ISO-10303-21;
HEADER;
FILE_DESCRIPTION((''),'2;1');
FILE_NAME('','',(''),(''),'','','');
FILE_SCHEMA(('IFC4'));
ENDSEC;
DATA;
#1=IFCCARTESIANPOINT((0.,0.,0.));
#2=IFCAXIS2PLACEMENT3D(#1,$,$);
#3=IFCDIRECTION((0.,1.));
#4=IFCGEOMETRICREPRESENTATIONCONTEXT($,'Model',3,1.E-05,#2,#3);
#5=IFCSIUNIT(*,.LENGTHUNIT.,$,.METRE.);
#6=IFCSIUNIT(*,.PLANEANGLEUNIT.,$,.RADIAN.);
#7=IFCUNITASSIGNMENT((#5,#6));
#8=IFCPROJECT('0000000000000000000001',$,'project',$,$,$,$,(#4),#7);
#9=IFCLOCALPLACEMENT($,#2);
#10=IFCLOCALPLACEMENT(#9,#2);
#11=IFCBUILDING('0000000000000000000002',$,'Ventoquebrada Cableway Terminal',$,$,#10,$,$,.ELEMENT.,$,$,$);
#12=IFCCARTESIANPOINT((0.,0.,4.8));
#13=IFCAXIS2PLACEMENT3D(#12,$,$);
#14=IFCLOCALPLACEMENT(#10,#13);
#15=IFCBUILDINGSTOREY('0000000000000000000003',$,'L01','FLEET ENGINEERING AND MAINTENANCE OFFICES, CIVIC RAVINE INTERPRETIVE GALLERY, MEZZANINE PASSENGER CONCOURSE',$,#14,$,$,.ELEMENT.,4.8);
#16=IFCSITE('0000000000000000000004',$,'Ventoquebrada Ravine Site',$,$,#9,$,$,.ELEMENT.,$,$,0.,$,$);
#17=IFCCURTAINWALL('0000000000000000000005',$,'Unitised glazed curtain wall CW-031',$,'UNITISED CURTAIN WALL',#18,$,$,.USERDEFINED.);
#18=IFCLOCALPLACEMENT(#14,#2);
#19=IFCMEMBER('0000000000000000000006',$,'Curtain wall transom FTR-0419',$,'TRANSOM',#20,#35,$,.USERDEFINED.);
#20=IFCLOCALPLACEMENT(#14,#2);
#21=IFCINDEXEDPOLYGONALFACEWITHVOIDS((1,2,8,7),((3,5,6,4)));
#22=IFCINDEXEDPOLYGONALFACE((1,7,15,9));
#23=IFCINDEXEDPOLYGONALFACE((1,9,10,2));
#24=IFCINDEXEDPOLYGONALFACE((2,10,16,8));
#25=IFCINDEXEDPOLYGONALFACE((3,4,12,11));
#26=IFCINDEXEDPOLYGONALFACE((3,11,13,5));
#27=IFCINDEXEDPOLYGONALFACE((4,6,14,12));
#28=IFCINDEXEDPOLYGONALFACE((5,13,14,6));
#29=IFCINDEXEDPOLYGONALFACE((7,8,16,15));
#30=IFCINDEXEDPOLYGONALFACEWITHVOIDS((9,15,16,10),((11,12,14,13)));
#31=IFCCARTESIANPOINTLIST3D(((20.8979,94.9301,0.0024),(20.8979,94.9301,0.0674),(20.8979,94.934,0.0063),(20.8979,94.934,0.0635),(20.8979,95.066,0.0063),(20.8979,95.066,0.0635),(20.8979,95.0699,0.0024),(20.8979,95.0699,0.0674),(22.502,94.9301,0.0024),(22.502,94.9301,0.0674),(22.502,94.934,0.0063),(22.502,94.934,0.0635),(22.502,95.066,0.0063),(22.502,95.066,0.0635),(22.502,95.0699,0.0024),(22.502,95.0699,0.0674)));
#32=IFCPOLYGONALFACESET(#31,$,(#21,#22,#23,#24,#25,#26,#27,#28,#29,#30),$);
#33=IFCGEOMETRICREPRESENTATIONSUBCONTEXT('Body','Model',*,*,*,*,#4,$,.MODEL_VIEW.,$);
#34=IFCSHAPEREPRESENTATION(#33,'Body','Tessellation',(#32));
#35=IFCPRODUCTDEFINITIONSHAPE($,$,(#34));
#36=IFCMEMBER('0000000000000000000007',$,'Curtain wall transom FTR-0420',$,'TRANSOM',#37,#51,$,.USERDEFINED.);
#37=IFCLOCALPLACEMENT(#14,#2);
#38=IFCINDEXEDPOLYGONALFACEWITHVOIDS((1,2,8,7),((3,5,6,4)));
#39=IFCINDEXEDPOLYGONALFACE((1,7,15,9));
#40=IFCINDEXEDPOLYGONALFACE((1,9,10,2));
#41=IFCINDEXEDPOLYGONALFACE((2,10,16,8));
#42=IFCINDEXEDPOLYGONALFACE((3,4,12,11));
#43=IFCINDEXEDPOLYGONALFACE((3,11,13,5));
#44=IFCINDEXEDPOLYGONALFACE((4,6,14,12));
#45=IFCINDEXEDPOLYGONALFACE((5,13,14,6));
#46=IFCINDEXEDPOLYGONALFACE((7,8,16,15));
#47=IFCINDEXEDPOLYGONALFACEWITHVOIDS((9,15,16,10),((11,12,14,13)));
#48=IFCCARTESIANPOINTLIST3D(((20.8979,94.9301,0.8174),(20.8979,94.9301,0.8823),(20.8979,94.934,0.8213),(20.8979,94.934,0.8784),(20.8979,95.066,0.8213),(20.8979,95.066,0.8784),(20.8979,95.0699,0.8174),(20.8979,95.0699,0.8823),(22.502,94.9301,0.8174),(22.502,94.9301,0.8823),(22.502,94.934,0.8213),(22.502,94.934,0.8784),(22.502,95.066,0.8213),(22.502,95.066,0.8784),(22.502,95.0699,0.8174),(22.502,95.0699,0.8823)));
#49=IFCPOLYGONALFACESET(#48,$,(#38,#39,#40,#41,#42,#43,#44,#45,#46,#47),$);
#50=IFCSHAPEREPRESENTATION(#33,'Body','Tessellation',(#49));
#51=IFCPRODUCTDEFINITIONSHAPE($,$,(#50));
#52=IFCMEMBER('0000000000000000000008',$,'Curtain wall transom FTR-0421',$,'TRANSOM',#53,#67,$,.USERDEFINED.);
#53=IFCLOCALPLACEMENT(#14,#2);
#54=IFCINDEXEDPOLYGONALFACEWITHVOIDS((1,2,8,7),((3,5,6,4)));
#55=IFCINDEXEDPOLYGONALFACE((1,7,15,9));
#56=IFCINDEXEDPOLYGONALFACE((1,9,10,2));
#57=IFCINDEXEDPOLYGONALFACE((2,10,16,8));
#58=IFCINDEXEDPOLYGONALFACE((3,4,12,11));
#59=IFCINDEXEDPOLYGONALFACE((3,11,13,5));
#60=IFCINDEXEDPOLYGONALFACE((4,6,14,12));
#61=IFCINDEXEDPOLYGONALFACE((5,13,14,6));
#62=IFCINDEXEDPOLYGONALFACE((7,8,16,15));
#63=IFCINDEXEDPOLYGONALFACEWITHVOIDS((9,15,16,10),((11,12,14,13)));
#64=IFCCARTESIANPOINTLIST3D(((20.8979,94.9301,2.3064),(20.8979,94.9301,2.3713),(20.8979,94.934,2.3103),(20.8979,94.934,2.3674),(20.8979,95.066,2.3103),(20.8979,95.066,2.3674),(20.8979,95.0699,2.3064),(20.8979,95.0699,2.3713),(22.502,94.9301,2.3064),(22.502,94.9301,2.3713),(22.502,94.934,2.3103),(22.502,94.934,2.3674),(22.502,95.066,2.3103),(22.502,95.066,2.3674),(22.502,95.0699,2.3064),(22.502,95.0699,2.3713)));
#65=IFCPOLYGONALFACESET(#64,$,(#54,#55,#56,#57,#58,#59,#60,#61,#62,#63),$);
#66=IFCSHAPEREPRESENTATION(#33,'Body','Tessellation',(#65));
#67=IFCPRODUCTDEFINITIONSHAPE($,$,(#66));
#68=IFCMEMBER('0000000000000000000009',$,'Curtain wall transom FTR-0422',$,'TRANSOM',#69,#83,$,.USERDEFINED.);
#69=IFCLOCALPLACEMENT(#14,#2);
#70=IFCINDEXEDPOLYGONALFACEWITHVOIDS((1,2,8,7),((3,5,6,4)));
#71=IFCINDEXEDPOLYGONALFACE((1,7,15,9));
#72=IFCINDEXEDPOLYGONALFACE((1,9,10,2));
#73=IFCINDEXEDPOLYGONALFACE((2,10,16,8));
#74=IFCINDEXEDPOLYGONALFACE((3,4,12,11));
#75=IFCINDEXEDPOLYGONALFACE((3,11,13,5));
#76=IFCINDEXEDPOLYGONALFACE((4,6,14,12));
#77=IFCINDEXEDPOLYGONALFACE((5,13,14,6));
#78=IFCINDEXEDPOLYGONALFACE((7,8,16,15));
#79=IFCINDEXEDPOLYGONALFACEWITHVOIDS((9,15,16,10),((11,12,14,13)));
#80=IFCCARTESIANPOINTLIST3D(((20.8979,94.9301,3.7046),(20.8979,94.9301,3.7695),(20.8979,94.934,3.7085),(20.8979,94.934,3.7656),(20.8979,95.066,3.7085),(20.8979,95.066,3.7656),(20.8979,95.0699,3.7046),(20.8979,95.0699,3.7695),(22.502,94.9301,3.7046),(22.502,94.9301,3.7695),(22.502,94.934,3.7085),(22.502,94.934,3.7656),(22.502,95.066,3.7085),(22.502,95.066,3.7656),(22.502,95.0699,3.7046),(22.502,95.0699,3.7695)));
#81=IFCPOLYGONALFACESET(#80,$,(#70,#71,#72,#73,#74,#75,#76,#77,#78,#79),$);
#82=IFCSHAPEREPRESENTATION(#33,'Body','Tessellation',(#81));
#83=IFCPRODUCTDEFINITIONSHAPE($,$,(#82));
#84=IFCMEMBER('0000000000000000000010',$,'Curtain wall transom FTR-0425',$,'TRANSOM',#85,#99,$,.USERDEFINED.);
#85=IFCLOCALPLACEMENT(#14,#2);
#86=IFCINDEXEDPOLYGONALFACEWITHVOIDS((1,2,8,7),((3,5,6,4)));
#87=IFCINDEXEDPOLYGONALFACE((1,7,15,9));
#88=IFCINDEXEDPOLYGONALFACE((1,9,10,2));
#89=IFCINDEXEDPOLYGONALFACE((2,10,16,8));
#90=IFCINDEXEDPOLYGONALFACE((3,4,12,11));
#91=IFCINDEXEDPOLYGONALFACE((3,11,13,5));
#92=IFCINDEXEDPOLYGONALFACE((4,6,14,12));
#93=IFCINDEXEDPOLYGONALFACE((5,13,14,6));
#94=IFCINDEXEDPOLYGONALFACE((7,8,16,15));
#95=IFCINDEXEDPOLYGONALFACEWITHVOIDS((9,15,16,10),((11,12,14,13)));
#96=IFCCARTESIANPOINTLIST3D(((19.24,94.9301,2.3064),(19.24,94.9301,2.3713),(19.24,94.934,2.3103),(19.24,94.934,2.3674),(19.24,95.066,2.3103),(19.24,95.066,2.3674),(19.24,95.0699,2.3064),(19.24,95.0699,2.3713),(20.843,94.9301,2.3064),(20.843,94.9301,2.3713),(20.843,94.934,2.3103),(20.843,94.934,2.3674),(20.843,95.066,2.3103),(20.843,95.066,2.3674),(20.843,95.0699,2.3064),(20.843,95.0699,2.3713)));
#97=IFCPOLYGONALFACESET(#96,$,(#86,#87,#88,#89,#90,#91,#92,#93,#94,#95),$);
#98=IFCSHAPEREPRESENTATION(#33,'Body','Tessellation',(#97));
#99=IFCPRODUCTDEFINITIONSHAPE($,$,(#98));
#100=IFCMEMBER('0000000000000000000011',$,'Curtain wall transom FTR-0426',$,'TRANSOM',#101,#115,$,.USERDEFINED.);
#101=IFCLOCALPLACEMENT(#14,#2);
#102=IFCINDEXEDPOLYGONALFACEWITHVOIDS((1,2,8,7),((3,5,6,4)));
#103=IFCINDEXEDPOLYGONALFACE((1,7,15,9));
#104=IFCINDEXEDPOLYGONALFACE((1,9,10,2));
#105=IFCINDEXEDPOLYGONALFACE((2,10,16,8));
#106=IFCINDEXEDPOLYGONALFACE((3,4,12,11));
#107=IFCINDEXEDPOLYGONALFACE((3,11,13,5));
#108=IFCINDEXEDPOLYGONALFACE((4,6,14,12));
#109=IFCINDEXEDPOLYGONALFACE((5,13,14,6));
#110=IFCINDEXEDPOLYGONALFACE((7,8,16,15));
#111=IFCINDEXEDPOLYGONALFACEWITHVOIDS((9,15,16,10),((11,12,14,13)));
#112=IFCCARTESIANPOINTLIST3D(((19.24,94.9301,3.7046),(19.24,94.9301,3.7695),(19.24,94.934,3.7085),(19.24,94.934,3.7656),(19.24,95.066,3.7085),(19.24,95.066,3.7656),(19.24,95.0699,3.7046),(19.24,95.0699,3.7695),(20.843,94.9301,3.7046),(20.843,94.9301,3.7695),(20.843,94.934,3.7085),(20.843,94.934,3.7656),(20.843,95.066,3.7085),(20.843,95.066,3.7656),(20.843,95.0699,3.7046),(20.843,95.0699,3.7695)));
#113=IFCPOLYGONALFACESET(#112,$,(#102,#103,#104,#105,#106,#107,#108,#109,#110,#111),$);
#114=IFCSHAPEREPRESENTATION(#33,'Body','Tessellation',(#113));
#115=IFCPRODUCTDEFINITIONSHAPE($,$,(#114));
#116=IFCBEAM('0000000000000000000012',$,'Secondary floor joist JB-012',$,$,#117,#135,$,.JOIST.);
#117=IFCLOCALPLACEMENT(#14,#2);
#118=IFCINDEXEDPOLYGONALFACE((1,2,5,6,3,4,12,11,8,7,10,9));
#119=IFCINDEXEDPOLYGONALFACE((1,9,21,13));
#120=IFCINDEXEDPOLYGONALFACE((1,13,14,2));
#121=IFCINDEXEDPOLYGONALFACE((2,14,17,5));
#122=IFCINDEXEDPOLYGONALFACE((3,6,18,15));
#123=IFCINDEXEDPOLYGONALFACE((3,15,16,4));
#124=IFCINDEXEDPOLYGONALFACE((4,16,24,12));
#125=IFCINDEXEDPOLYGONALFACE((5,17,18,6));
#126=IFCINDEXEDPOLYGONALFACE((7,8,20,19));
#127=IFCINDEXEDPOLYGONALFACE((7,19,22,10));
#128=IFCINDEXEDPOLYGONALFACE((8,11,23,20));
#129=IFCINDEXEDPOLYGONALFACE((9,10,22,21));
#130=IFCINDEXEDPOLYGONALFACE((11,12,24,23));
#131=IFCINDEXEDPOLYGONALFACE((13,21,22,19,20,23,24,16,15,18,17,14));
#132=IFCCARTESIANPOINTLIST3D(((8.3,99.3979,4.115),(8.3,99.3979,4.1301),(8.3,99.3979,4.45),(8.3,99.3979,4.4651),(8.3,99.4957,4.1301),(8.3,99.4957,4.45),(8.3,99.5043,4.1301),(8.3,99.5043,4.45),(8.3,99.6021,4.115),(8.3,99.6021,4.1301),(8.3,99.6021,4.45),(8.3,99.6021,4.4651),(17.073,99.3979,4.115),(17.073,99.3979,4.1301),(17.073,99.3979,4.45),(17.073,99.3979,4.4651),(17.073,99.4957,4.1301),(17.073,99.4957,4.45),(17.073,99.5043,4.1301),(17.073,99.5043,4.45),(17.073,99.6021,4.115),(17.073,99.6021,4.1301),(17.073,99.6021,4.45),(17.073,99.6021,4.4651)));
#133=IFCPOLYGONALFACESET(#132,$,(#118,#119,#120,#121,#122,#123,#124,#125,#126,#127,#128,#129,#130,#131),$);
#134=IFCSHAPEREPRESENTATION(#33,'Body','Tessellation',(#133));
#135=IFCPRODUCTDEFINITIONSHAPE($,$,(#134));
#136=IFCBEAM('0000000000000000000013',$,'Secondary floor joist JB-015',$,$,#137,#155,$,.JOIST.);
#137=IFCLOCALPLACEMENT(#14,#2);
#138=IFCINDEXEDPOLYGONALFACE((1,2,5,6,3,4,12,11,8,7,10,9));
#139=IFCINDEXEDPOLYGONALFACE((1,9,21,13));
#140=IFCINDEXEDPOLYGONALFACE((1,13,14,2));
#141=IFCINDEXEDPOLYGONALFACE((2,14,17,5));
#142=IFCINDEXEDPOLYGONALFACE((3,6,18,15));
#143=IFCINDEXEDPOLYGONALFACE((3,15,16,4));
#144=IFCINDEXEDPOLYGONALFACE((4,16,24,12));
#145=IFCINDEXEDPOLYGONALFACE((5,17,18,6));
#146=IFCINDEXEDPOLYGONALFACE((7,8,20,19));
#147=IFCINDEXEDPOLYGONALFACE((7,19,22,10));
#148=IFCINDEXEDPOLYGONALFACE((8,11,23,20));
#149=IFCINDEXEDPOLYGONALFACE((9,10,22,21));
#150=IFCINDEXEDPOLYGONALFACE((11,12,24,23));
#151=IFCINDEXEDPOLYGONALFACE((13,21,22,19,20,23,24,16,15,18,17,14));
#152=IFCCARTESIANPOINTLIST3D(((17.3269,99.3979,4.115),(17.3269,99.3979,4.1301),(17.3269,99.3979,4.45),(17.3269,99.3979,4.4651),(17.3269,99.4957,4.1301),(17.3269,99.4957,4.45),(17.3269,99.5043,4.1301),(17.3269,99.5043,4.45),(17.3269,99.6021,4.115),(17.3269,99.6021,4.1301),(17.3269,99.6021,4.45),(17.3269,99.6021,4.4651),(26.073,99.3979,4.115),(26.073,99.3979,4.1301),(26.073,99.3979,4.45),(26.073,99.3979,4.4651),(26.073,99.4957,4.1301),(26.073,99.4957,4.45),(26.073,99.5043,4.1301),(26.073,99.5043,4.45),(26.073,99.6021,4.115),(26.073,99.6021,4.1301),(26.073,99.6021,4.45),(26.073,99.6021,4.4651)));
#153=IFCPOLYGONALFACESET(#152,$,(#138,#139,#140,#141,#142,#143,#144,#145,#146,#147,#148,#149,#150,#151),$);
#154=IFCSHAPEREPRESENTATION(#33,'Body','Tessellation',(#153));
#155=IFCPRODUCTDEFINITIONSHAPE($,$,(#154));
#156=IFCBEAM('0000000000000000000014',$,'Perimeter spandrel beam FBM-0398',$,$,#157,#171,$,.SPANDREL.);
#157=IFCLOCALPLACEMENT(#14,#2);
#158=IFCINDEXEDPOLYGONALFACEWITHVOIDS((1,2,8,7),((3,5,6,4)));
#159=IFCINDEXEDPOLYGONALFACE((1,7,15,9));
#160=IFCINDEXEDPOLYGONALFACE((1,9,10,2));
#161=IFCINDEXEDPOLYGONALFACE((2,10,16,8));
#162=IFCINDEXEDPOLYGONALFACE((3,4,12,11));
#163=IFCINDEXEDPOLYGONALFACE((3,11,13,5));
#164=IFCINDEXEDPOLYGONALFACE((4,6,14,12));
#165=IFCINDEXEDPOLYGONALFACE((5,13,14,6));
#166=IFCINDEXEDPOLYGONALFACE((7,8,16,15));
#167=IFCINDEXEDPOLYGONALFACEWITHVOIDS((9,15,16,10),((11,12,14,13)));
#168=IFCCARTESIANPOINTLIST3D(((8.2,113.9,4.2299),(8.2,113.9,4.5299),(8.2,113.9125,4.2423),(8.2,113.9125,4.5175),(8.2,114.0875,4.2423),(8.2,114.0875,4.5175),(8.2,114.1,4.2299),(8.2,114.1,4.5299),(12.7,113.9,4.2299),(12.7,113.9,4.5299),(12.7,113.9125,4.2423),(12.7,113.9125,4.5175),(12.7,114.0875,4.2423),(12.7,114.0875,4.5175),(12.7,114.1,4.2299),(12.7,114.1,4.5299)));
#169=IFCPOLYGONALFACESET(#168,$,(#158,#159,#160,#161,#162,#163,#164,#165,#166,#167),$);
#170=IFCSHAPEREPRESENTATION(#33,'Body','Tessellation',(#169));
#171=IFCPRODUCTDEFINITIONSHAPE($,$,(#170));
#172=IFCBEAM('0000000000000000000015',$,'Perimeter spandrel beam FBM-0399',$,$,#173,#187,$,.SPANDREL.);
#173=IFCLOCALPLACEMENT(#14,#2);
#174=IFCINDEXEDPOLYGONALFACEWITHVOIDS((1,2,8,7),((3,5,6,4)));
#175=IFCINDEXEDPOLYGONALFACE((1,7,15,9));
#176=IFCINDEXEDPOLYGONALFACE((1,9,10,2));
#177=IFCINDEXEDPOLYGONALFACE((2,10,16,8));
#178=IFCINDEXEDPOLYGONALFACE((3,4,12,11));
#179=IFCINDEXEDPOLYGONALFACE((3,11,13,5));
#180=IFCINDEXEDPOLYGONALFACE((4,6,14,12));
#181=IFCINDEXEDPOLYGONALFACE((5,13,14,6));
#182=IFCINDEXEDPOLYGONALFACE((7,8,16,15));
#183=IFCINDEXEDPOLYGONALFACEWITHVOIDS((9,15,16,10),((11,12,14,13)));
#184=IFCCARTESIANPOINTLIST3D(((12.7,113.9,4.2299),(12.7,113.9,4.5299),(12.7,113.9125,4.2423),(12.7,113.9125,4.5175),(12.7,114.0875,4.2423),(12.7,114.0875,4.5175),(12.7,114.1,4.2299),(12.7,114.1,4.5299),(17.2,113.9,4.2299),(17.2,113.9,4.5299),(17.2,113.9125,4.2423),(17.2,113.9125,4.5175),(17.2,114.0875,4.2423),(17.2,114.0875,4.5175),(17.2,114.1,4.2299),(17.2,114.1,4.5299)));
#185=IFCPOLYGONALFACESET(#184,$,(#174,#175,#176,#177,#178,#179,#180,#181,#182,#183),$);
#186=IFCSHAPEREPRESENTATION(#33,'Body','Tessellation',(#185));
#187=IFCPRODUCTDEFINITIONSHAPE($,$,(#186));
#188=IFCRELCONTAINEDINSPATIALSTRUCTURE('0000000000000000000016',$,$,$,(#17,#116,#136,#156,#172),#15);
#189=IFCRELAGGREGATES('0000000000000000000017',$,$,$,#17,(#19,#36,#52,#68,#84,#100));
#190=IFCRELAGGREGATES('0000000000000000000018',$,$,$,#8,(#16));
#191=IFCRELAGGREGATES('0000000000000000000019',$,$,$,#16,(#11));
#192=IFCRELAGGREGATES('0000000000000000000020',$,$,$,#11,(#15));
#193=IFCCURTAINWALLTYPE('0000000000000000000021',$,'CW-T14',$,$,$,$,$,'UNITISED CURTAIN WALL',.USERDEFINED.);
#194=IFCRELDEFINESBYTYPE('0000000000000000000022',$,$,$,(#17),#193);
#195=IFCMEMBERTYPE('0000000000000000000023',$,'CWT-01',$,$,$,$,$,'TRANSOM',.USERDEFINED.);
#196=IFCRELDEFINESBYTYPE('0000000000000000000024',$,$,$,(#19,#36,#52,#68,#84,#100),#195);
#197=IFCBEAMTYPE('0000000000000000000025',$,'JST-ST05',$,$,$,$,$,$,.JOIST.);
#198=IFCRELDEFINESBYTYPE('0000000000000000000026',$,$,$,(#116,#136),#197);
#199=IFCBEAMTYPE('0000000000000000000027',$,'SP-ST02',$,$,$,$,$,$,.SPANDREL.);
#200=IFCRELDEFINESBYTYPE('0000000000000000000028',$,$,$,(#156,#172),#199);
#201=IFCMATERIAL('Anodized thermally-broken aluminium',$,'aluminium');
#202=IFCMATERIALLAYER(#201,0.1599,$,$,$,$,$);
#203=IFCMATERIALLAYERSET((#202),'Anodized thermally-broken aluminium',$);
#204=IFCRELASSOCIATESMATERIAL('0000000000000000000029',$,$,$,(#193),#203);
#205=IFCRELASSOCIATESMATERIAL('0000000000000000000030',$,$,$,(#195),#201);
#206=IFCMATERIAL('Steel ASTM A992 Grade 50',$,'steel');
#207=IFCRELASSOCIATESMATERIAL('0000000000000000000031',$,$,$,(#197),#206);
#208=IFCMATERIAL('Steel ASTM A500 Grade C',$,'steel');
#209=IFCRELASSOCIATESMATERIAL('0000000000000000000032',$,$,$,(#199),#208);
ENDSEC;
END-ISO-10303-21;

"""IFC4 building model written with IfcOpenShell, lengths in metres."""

from ifc_helpers import new_model, si_unit, direction, frame, origin, origin_2d, place, context, subcontext, project, spatial, hollow_rectangle, i_section, extrude, material, layer, layer_set, material_profile, profile_set, type_object, element, aggregate, save


model = new_model("IFC4")

# Units and contexts
model_context = context("Model", 3, precision=1e-05, world=origin(), true_north=direction((0.0, 1.0)))
body_context = subcontext(model_context, "Body", "Model", "MODEL_VIEW")
ifc_project = project(units=[si_unit("LENGTHUNIT", "METRE"), si_unit("PLANEANGLEUNIT", "RADIAN")], contexts=[model_context])

# Site, building, storey
site_placement = place(None, origin())
site = spatial("IfcSite", under=ifc_project, at=site_placement, Name="Ventoquebrada Ravine Site", CompositionType="ELEMENT", RefElevation=0.0)
building_placement = place(site_placement, origin())
building = spatial("IfcBuilding", under=site, at=building_placement, Name="Ventoquebrada Cableway Terminal", CompositionType="ELEMENT")
storey_placement = place(building_placement, frame((0.0, 0.0, 4.8)))
storey = spatial("IfcBuildingStorey", under=building, at=storey_placement, Name="L01", Description="FLEET ENGINEERING AND MAINTENANCE OFFICES, CIVIC RAVINE INTERPRETIVE GALLERY, MEZZANINE PASSENGER CONCOURSE", CompositionType="ELEMENT", Elevation=4.8)

# Shared definitions
ifc_material_1 = material(Name="Steel ASTM A992 Grade 50", Category="steel")

# Curtain wall, members
ifc_material_2 = material(Name="Anodized thermally-broken aluminium", Category="aluminium")
ifc_layer_1 = layer(ifc_material_2, 0.1599)
ifc_layer_set_1 = layer_set([ifc_layer_1], Name="Anodized thermally-broken aluminium")
curtain_wall_type = type_object("IfcCurtainWallType", Name="CW-T14", ElementType="UNITISED CURTAIN WALL", PredefinedType="USERDEFINED", material=ifc_layer_set_1)
curtain_wall_placement = place(storey_placement, origin())
curtain_wall = element("IfcCurtainWall", 1, at=curtain_wall_placement, inside=storey, type_object=curtain_wall_type, Name="Unitised glazed curtain wall CW-031", ObjectType="UNITISED CURTAIN WALL", PredefinedType="USERDEFINED")
ifc_material_profile_1 = material_profile(ifc_material_2, hollow_rectangle(XDim=0.0649, YDim=0.1399, WallThickness=0.0039, at=origin_2d()), Name="CW-TRN-65X140")
ifc_profile_set_1 = profile_set([ifc_material_profile_1], Name="Anodized thermally-broken aluminium")
member_type_1 = type_object("IfcMemberType", Name="CWT-01", ElementType="TRANSOM", PredefinedType="USERDEFINED", material=ifc_profile_set_1)
member_1_placement = place(storey_placement, frame((22.502, 95.0, 0.0349), z_axis=(-1.0, 0.0, 0.0), x_axis=(0.0, 0.0, 1.0)))
member_1 = element("IfcMember", 2, at=member_1_placement, type_object=member_type_1, Name="Curtain wall transom FTR-0419", ObjectType="TRANSOM", PredefinedType="USERDEFINED", context=body_context, shape_type="SweptSolid", body=[
    extrude(hollow_rectangle(XDim=0.0649, YDim=0.1399, WallThickness=0.0039, at=origin_2d()), origin(), (0.0, 0.0, 1.0), 1.604),
])
member_2_placement = place(storey_placement, frame((22.502, 95.0, 0.8499), z_axis=(-1.0, 0.0, 0.0), x_axis=(0.0, 0.0, 1.0)))
member_2 = element("IfcMember", 3, at=member_2_placement, type_object=member_type_1, Name="Curtain wall transom FTR-0420", ObjectType="TRANSOM", PredefinedType="USERDEFINED", context=body_context, shape_type="SweptSolid", body=[
    extrude(hollow_rectangle(XDim=0.0649, YDim=0.1399, WallThickness=0.0039, at=origin_2d()), origin(), (0.0, 0.0, 1.0), 1.604),
])
member_3_placement = place(storey_placement, frame((22.502, 95.0, 2.3389), z_axis=(-1.0, 0.0, 0.0), x_axis=(0.0, 0.0, 1.0)))
member_3 = element("IfcMember", 4, at=member_3_placement, type_object=member_type_1, Name="Curtain wall transom FTR-0421", ObjectType="TRANSOM", PredefinedType="USERDEFINED", context=body_context, shape_type="SweptSolid", body=[
    extrude(hollow_rectangle(XDim=0.0649, YDim=0.1399, WallThickness=0.0039, at=origin_2d()), origin(), (0.0, 0.0, 1.0), 1.604),
])
member_4_placement = place(storey_placement, frame((22.502, 95.0, 3.7371), z_axis=(-1.0, 0.0, 0.0), x_axis=(0.0, 0.0, 1.0)))
member_4 = element("IfcMember", 5, at=member_4_placement, type_object=member_type_1, Name="Curtain wall transom FTR-0422", ObjectType="TRANSOM", PredefinedType="USERDEFINED", context=body_context, shape_type="SweptSolid", body=[
    extrude(hollow_rectangle(XDim=0.0649, YDim=0.1399, WallThickness=0.0039, at=origin_2d()), origin(), (0.0, 0.0, 1.0), 1.604),
])
member_5_placement = place(storey_placement, frame((20.843, 95.0, 2.3389), z_axis=(-1.0, 0.0, 0.0), x_axis=(0.0, 0.0, 1.0)))
member_5 = element("IfcMember", 6, at=member_5_placement, type_object=member_type_1, Name="Curtain wall transom FTR-0425", ObjectType="TRANSOM", PredefinedType="USERDEFINED", context=body_context, shape_type="SweptSolid", body=[
    extrude(hollow_rectangle(XDim=0.0649, YDim=0.1399, WallThickness=0.0039, at=origin_2d()), origin(), (0.0, 0.0, 1.0), 1.603),
])
member_6_placement = place(storey_placement, frame((20.843, 95.0, 3.7371), z_axis=(-1.0, 0.0, 0.0), x_axis=(0.0, 0.0, 1.0)))
member_6 = element("IfcMember", 7, at=member_6_placement, type_object=member_type_1, Name="Curtain wall transom FTR-0426", ObjectType="TRANSOM", PredefinedType="USERDEFINED", context=body_context, shape_type="SweptSolid", body=[
    extrude(hollow_rectangle(XDim=0.0649, YDim=0.1399, WallThickness=0.0039, at=origin_2d()), origin(), (0.0, 0.0, 1.0), 1.603),
])

# Beams
ifc_material_profile_2 = material_profile(ifc_material_1, i_section(OverallWidth=0.2041, OverallDepth=0.3501, WebThickness=0.0085, FlangeThickness=0.0151, at=origin_2d()), Name="W14X48")
ifc_profile_set_2 = profile_set([ifc_material_profile_2], Name="Steel ASTM A992 Grade 50")
beam_type_1 = type_object("IfcBeamType", Name="JST-ST05", PredefinedType="JOIST", material=ifc_profile_set_2)
beam_1_placement = place(storey_placement, frame((8.3, 99.5, 4.29), z_axis=(1.0, 0.0, 0.0), x_axis=(0.0, 1.0, 0.0)))
element("IfcBeam", 8, at=beam_1_placement, inside=storey, type_object=beam_type_1, Name="Secondary floor joist JB-012", PredefinedType="JOIST", context=body_context, shape_type="SweptSolid", body=[
    extrude(i_section(OverallWidth=0.2041, OverallDepth=0.3501, WebThickness=0.0085, FlangeThickness=0.0151, at=origin_2d()), origin(), (0.0, 0.0, 1.0), 8.7729),
])
beam_2_placement = place(storey_placement, frame((17.3269, 99.5, 4.29), z_axis=(1.0, 0.0, 0.0), x_axis=(0.0, 1.0, 0.0)))
element("IfcBeam", 9, at=beam_2_placement, inside=storey, type_object=beam_type_1, Name="Secondary floor joist JB-015", PredefinedType="JOIST", context=body_context, shape_type="SweptSolid", body=[
    extrude(i_section(OverallWidth=0.2041, OverallDepth=0.3501, WebThickness=0.0085, FlangeThickness=0.0151, at=origin_2d()), origin(), (0.0, 0.0, 1.0), 8.7461),
])
ifc_material_3 = material(Name="Steel ASTM A500 Grade C", Category="steel")
ifc_material_profile_3 = material_profile(ifc_material_3, hollow_rectangle(XDim=0.2, YDim=0.3, WallThickness=0.0125, at=origin_2d()), Name="RHS300X200X12.5")
ifc_profile_set_3 = profile_set([ifc_material_profile_3], Name="Steel ASTM A500 Grade C")
beam_type_2 = type_object("IfcBeamType", Name="SP-ST02", PredefinedType="SPANDREL", material=ifc_profile_set_3)
for number, where, z_axis, x_axis, name in (
    (10, (8.2, 114.0, 4.3799), (1.0, 0.0, 0.0), (0.0, 1.0, 0.0), "Perimeter spandrel beam FBM-0398"),
    (11, (12.7, 114.0, 4.3799), (1.0, 0.0, 0.0), (0.0, 1.0, 0.0), "Perimeter spandrel beam FBM-0399"),
):
    element("IfcBeam", number, at=place(storey_placement, frame(where, z_axis=z_axis, x_axis=x_axis)), inside=storey, type_object=beam_type_2, Name=name, PredefinedType="SPANDREL", context=body_context, shape_type="SweptSolid", body=[
        extrude(hollow_rectangle(XDim=0.2, YDim=0.3, WallThickness=0.0125, at=origin_2d()), origin(), (0.0, 0.0, 1.0), 4.5),
    ])

aggregate(curtain_wall, [member_1, member_2, member_3, member_4, member_5, member_6])

save(model, "model.ifc")
